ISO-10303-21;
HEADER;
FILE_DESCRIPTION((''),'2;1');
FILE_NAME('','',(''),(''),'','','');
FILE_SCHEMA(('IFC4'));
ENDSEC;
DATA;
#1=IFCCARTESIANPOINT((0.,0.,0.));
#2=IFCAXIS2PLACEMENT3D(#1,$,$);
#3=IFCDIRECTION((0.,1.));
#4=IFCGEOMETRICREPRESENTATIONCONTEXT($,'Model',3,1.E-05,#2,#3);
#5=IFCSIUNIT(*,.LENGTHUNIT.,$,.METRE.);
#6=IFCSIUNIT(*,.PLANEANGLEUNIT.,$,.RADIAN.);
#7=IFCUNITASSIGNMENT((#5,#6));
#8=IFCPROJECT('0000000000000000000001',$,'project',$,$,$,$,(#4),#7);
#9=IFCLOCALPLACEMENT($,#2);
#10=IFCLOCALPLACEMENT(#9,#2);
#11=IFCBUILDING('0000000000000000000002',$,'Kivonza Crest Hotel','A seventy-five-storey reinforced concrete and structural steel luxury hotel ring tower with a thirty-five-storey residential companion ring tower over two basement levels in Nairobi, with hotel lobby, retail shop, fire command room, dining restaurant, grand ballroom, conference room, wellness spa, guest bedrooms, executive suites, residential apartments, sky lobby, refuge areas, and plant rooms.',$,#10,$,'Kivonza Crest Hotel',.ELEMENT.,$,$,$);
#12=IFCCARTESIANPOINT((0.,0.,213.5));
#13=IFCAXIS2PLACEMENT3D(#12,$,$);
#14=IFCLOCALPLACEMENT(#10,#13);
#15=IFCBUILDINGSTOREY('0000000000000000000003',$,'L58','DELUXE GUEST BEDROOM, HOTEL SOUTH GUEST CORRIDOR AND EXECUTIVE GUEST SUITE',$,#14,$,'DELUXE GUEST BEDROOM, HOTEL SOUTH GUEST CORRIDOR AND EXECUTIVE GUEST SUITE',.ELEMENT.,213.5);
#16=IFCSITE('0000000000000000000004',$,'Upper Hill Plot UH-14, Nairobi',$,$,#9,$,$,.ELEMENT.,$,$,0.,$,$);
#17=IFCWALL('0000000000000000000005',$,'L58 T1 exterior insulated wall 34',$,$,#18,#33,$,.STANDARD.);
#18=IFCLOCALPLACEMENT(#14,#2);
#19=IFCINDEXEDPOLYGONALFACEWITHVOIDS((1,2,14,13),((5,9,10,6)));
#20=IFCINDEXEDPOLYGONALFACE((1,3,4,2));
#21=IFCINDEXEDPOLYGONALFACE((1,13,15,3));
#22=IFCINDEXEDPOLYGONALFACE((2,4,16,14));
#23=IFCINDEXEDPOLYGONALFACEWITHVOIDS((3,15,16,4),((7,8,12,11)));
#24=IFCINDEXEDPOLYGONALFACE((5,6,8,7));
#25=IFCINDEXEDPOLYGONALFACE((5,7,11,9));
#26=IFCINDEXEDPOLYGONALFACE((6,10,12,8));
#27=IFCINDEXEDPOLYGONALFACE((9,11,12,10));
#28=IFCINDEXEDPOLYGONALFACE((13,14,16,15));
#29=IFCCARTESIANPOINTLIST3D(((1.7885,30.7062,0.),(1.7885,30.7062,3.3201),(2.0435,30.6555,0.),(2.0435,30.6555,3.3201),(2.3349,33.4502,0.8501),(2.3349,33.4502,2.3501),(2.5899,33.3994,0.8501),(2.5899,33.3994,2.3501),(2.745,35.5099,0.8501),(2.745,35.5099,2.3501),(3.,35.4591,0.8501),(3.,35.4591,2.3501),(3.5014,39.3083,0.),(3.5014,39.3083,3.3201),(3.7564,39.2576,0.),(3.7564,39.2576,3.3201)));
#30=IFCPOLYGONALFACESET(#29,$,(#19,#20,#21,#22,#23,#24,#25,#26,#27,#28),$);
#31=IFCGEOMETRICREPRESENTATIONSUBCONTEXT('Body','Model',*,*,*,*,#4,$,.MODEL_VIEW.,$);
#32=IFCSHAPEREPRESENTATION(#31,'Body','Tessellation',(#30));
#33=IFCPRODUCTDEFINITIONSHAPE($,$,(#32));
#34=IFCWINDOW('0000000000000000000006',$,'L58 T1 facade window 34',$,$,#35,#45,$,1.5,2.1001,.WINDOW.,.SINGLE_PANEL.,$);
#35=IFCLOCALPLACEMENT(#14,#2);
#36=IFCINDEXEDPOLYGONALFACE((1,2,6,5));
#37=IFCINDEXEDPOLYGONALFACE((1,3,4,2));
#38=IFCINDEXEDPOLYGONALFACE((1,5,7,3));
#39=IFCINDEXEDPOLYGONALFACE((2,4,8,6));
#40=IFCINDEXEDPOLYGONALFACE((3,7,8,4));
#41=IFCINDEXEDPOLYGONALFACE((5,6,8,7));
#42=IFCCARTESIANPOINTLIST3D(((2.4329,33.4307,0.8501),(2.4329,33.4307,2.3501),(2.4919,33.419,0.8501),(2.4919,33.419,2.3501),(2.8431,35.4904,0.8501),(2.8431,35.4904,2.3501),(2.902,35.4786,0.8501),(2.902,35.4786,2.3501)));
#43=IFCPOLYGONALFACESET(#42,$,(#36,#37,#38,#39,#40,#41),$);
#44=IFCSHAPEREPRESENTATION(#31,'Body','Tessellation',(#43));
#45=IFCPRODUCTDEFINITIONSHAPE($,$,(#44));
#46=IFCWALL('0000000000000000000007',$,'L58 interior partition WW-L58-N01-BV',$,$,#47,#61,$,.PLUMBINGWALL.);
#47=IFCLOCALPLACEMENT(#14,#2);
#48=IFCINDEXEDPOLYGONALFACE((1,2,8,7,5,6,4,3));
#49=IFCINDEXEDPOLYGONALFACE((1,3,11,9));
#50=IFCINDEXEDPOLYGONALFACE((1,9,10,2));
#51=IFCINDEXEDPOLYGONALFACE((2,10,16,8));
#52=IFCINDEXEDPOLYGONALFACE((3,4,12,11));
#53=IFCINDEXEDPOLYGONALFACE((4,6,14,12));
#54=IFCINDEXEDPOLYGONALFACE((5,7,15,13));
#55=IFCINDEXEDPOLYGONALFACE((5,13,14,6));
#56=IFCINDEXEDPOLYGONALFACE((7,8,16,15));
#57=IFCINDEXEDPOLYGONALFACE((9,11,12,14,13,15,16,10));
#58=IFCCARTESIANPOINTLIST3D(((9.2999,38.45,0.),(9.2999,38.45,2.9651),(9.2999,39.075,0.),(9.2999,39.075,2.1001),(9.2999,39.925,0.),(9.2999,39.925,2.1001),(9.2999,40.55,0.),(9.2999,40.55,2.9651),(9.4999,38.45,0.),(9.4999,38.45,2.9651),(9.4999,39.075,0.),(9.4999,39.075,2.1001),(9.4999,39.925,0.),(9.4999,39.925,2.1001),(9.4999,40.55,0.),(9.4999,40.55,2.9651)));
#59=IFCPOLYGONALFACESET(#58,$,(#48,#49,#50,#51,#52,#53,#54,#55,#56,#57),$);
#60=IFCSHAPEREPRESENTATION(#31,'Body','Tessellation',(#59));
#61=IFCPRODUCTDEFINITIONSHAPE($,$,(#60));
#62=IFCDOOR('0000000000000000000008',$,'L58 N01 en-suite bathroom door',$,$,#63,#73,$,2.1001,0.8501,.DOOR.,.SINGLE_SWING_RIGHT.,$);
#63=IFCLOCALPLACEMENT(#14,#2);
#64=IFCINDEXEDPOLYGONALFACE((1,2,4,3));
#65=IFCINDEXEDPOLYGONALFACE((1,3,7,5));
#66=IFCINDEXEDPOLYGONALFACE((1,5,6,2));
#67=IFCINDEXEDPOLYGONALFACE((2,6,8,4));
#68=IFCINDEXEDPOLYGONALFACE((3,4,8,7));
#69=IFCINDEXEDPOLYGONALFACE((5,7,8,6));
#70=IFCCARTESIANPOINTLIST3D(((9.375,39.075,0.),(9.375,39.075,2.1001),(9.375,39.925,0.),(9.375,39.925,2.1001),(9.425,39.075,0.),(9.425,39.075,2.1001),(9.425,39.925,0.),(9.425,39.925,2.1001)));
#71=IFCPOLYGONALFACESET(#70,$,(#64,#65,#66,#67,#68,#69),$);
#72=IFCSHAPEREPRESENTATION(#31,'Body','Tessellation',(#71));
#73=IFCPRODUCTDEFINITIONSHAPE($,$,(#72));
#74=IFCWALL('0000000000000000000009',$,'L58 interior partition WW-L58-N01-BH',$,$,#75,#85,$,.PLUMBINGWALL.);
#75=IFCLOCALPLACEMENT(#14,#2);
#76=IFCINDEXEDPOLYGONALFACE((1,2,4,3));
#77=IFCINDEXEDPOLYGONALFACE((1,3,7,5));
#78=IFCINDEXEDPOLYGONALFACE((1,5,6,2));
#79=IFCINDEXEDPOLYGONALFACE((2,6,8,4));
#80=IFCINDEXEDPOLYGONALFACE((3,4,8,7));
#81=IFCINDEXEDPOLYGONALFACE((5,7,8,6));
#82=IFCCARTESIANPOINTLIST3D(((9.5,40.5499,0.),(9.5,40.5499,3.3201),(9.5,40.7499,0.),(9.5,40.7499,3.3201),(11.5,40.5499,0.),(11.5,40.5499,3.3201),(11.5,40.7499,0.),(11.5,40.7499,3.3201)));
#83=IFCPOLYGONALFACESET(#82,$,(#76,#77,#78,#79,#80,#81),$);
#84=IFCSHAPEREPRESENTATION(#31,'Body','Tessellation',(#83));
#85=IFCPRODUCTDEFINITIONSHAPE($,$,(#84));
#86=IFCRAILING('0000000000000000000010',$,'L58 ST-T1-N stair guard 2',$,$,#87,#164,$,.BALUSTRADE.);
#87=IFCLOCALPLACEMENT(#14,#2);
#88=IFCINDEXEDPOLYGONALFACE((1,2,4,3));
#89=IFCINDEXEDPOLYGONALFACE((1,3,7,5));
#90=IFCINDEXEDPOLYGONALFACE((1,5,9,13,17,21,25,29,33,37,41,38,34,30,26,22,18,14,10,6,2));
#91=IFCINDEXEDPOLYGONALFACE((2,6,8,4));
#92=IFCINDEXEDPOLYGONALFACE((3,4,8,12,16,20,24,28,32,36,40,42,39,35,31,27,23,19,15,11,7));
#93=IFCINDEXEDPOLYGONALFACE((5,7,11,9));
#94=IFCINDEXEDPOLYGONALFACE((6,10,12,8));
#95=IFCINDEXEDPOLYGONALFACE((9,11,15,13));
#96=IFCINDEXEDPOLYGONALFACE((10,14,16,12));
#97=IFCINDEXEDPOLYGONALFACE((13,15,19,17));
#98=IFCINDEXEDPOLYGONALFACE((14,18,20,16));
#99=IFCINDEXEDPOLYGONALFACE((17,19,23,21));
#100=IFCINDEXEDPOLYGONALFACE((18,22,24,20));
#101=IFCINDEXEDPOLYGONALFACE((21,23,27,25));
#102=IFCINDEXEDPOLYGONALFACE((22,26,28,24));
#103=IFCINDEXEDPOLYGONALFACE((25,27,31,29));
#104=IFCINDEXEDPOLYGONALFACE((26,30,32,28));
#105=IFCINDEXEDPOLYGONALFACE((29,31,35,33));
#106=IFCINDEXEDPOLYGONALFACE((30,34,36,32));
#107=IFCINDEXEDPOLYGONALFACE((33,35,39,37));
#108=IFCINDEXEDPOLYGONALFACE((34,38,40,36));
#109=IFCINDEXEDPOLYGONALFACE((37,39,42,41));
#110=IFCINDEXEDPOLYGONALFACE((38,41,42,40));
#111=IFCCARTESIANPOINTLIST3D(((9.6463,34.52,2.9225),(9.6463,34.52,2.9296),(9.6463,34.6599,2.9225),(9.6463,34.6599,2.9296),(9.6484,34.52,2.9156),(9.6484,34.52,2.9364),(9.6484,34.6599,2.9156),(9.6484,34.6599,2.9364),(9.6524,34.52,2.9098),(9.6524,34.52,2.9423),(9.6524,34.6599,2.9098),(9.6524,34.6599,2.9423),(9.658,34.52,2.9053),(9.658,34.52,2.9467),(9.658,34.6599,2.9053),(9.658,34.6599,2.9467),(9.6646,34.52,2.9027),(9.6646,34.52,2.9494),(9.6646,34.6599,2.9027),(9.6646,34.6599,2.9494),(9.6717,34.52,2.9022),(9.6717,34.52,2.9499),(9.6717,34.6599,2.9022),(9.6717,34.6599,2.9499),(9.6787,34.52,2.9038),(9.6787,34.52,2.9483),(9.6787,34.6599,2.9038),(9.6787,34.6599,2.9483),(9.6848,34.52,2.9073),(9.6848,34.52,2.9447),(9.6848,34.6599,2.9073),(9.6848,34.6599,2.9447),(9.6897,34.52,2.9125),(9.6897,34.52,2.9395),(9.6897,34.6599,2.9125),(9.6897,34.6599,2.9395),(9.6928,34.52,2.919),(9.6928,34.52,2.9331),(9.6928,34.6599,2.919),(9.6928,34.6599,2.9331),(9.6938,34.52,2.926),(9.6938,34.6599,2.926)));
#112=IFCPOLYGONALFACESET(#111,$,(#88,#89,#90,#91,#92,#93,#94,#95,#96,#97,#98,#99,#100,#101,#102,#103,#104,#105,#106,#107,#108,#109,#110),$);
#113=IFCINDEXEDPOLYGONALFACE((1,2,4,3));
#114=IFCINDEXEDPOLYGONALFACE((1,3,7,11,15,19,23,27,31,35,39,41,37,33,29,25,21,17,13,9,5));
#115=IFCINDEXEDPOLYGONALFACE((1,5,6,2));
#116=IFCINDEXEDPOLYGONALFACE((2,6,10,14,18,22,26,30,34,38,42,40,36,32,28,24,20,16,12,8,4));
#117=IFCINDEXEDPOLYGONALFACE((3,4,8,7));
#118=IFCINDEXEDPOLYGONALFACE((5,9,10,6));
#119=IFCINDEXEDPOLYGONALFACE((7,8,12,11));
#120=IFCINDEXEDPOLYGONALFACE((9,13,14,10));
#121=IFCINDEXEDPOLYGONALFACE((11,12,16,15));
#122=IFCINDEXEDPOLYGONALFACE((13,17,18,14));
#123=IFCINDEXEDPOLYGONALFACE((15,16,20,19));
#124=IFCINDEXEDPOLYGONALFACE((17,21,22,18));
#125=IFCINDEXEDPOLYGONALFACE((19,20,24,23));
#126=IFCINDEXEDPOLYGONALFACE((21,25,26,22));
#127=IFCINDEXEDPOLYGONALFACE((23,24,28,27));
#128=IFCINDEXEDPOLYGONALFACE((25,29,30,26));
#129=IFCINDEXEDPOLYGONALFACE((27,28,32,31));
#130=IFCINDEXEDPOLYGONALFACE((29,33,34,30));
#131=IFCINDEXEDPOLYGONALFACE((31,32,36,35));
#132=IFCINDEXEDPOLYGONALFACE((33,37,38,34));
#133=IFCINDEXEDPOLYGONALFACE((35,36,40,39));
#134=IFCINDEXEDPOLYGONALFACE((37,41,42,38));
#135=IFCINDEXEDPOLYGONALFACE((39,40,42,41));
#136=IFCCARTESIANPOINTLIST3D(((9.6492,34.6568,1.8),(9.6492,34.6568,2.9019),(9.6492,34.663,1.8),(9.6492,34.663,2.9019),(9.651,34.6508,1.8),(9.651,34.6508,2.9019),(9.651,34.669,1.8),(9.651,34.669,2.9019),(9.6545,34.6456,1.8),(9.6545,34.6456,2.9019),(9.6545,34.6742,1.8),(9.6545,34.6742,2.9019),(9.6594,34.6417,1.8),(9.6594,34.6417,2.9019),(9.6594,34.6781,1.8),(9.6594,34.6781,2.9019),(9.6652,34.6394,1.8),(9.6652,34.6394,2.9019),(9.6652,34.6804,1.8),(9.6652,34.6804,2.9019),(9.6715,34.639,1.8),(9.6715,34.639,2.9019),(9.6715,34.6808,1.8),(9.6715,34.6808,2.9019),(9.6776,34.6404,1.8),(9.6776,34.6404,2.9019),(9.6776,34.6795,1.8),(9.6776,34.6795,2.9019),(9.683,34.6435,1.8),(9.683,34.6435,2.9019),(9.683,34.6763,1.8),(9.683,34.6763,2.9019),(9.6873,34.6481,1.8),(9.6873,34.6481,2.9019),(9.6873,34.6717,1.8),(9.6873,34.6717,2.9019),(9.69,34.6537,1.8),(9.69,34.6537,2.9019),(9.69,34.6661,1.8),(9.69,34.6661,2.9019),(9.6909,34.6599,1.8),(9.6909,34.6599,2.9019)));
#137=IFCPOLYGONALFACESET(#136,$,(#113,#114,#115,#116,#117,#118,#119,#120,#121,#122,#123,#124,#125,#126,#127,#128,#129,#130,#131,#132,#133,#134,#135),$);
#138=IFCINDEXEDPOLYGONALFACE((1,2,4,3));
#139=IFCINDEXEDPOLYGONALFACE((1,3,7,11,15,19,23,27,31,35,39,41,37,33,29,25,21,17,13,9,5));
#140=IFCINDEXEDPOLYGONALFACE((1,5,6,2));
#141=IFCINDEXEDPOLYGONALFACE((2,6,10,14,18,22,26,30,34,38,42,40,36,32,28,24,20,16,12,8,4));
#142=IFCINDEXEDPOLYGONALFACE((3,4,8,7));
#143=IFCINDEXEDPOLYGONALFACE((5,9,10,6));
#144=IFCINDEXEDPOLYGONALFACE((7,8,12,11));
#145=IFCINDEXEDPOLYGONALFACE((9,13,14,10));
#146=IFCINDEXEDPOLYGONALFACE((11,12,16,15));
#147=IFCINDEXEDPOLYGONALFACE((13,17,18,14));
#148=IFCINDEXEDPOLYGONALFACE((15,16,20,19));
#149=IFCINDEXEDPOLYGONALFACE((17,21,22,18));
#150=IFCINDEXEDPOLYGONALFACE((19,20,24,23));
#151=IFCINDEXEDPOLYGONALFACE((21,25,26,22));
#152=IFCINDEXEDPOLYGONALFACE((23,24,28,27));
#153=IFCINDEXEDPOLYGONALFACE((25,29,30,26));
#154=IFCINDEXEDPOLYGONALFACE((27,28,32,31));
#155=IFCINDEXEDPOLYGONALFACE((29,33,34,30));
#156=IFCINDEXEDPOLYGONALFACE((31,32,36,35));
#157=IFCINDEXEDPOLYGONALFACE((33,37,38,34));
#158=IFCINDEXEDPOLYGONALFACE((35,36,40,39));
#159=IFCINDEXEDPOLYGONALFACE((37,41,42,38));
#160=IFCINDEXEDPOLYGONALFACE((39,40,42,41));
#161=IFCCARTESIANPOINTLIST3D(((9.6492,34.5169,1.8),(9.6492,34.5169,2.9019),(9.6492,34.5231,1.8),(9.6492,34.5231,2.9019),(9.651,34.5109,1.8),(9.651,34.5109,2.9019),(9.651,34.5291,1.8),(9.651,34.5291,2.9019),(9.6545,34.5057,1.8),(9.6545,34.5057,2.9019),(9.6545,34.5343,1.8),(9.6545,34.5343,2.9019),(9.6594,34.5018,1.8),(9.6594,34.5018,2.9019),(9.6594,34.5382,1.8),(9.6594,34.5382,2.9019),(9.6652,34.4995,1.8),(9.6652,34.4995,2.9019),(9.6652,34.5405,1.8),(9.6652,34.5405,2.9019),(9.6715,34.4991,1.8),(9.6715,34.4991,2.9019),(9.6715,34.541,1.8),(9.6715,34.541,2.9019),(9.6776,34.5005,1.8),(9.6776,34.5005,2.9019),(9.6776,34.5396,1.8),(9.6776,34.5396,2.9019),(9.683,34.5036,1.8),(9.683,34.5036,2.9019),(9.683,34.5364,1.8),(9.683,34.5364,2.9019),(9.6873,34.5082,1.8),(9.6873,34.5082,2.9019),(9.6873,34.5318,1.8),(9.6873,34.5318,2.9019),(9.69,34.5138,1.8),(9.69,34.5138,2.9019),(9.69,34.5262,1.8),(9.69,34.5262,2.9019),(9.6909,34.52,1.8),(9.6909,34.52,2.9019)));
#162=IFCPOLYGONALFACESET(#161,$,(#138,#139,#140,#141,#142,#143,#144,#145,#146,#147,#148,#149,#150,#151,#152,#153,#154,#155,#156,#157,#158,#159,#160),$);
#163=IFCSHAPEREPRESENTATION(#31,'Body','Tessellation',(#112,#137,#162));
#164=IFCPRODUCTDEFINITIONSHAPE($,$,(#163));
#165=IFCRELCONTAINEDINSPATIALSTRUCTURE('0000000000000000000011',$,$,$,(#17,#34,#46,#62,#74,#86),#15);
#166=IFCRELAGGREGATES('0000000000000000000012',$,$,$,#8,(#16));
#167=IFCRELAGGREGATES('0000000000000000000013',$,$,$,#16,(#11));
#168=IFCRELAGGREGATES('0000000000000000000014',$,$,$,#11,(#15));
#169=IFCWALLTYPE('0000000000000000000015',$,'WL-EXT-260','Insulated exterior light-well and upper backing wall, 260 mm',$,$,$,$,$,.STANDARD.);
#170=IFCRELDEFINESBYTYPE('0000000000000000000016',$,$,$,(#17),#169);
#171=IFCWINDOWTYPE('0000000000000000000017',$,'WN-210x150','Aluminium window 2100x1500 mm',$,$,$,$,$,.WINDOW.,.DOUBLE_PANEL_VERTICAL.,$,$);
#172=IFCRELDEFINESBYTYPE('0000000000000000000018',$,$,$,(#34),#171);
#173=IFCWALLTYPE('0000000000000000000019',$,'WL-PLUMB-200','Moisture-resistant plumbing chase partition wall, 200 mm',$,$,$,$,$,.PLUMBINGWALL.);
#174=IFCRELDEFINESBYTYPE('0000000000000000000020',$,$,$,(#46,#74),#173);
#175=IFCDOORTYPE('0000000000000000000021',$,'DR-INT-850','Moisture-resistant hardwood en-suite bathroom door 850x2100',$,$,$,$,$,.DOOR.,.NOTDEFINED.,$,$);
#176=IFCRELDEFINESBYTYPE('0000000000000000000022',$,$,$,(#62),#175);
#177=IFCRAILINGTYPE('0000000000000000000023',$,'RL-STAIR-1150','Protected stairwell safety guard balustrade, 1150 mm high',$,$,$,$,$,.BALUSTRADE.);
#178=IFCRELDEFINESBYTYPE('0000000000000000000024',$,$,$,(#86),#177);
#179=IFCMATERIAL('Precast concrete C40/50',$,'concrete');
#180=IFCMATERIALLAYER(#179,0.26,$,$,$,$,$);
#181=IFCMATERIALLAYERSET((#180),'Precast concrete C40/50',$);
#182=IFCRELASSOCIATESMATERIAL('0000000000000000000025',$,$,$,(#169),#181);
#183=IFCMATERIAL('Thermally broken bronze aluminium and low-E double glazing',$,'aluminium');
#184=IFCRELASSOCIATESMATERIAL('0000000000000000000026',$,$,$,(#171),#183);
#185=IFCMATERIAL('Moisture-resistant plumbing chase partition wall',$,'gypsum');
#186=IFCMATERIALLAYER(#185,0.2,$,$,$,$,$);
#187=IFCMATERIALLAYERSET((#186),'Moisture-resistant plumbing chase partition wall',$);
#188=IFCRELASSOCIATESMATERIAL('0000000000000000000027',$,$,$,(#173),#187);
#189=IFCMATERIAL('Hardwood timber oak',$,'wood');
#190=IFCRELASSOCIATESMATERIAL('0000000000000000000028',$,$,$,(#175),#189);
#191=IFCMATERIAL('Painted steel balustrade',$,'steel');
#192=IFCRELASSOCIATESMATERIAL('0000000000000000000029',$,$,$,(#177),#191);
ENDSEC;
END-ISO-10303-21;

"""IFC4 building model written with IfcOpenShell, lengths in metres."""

from ifc_helpers import new_model, si_unit, direction, frame, frame_2d, origin, origin_2d, place, context, subcontext, project, spatial, rectangle, circle, extrude, material, layer, layer_set, type_object, element, fill, save


model = new_model("IFC4")

# Units and contexts
model_context = context("Model", 3, precision=1e-05, world=origin(), true_north=direction((0.0, 1.0)))
body_context = subcontext(model_context, "Body", "Model", "MODEL_VIEW")
ifc_project = project(units=[si_unit("LENGTHUNIT", "METRE"), si_unit("PLANEANGLEUNIT", "RADIAN")], contexts=[model_context])

# Site, building, storey
site_placement = place(None, origin())
site = spatial("IfcSite", under=ifc_project, at=site_placement, Name="Upper Hill Plot UH-14, Nairobi", CompositionType="ELEMENT", RefElevation=0.0)
building_placement = place(site_placement, origin())
building = spatial("IfcBuilding", under=site, at=building_placement, Name="Kivonza Crest Hotel", Description="A seventy-five-storey reinforced concrete and structural steel luxury hotel ring tower with a thirty-five-storey residential companion ring tower over two basement levels in Nairobi, with hotel lobby, retail shop, fire command room, dining restaurant, grand ballroom, conference room, wellness spa, guest bedrooms, executive suites, residential apartments, sky lobby, refuge areas, and plant rooms.", LongName="Kivonza Crest Hotel", CompositionType="ELEMENT")
storey_placement = place(building_placement, frame((0.0, 0.0, 213.5)))
storey = spatial("IfcBuildingStorey", under=building, at=storey_placement, Name="L58", Description="DELUXE GUEST BEDROOM, HOTEL SOUTH GUEST CORRIDOR AND EXECUTIVE GUEST SUITE", LongName="DELUXE GUEST BEDROOM, HOTEL SOUTH GUEST CORRIDOR AND EXECUTIVE GUEST SUITE", CompositionType="ELEMENT", Elevation=213.5)

# Shared definitions
ifc_material_1 = material(Name="Hardwood timber oak", Category="wood")

# Shared definitions
ifc_material_2 = material(Name="Precast concrete C40/50", Category="concrete")
ifc_layer_1 = layer(ifc_material_2, 0.26)
ifc_layer_set_1 = layer_set([ifc_layer_1], Name="Precast concrete C40/50")
wall_type_1 = type_object("IfcWallType", Name="WL-EXT-260", Description="Insulated exterior light-well and upper backing wall, 260 mm", PredefinedType="STANDARD", material=ifc_layer_set_1)

# Wall, opening, window
wall_1_placement = place(storey_placement, frame((3.6289, 39.283, 0.0), z_axis=(0.0, 0.0, 1.0), x_axis=(-0.195292, -0.980745, 0.0)))
wall_1 = element("IfcWall", 1, at=wall_1_placement, inside=storey, type_object=wall_type_1, Name="L58 T1 exterior insulated wall 34", PredefinedType="STANDARD", context=body_context, shape_type="SweptSolid", body=[
    extrude(rectangle(XDim=8.771, YDim=0.26, at=frame_2d((4.3855, 0.0))), origin(), (0.0, 0.0, 1.0), 3.3201),
])
opening_1_placement = place(wall_1_placement, frame((3.873, 0.0, 0.8501)))
opening_1 = element("IfcOpeningElement", 2, at=opening_1_placement, cuts=wall_1, PredefinedType="OPENING", context=body_context, shape_type="SweptSolid", body=[
    extrude(rectangle(XDim=2.1001, YDim=1.5, at=frame_2d((1.05, 0.75))), frame((0.0, 0.1401, 0.0), z_axis=(0.0, -1.0, 0.0), x_axis=(1.0, 0.0, 0.0)), (0.0, 0.0, 1.0), 0.28),
])
ifc_material_3 = material(Name="Thermally broken bronze aluminium and low-E double glazing", Category="aluminium")
window_type = type_object("IfcWindowType", Name="WN-210x150", Description="Aluminium window 2100x1500 mm", PartitioningType="DOUBLE_PANEL_VERTICAL", PredefinedType="WINDOW", material=ifc_material_3)
window_placement = place(opening_1_placement, origin())
window = element("IfcWindow", 3, at=window_placement, inside=storey, type_object=window_type, Name="L58 T1 facade window 34", OverallHeight=1.5, OverallWidth=2.1001, PartitioningType="SINGLE_PANEL", PredefinedType="WINDOW", context=body_context, shape_type="SweptSolid", body=[
    extrude(rectangle(XDim=2.1001, YDim=1.5, at=frame_2d((1.05, 0.75))), frame((0.0, 0.03, 0.0), z_axis=(0.0, -1.0, 0.0), x_axis=(1.0, 0.0, 0.0)), (0.0, 0.0, 1.0), 0.0601),
])
fill(opening_1, window)

# Wall, opening, door
ifc_material_4 = material(Name="Moisture-resistant plumbing chase partition wall", Category="gypsum")
ifc_layer_2 = layer(ifc_material_4, 0.2)
ifc_layer_set_2 = layer_set([ifc_layer_2], Name="Moisture-resistant plumbing chase partition wall")
wall_type_2 = type_object("IfcWallType", Name="WL-PLUMB-200", Description="Moisture-resistant plumbing chase partition wall, 200 mm", PredefinedType="PLUMBINGWALL", material=ifc_layer_set_2)
wall_2_placement = place(storey_placement, frame((9.3999, 38.45, 0.0), z_axis=(0.0, 0.0, 1.0), x_axis=(0.0, 1.0, 0.0)))
wall_2 = element("IfcWall", 4, at=wall_2_placement, inside=storey, type_object=wall_type_2, Name="L58 interior partition WW-L58-N01-BV", PredefinedType="PLUMBINGWALL", context=body_context, shape_type="SweptSolid", body=[
    extrude(rectangle(XDim=2.1001, YDim=0.2, at=frame_2d((1.05, 0.0))), origin(), (0.0, 0.0, 1.0), 2.9651),
])
opening_2_placement = place(wall_2_placement, frame((0.625, 0.0, 0.0)))
opening_2 = element("IfcOpeningElement", 5, at=opening_2_placement, cuts=wall_2, PredefinedType="OPENING", context=body_context, shape_type="SweptSolid", body=[
    extrude(rectangle(XDim=0.8501, YDim=2.1001, at=frame_2d((0.425, 1.05))), frame((0.0, 0.1099, 0.0), z_axis=(0.0, -1.0, 0.0), x_axis=(1.0, 0.0, 0.0)), (0.0, 0.0, 1.0), 0.22),
])
door_type_1 = type_object("IfcDoorType", Name="DR-INT-850", Description="Moisture-resistant hardwood en-suite bathroom door 850x2100", OperationType="NOTDEFINED", PredefinedType="DOOR", material=ifc_material_1)
door_1_placement = place(opening_2_placement, origin())
door_1 = element("IfcDoor", 6, at=door_1_placement, inside=storey, type_object=door_type_1, Name="L58 N01 en-suite bathroom door", OperationType="SINGLE_SWING_RIGHT", OverallHeight=2.1001, OverallWidth=0.8501, PredefinedType="DOOR", context=body_context, shape_type="SweptSolid", body=[
    extrude(rectangle(XDim=0.8501, YDim=2.1001, at=frame_2d((0.425, 1.05))), frame((0.0, 0.0249, 0.0), z_axis=(0.0, -1.0, 0.0), x_axis=(1.0, 0.0, 0.0)), (0.0, 0.0, 1.0), 0.05),
])
fill(opening_2, door_1)

# Wall
wall_3_placement = place(storey_placement, frame((9.5, 40.6499, 0.0), z_axis=(0.0, 0.0, 1.0), x_axis=(1.0, 0.0, 0.0)))
element("IfcWall", 7, at=wall_3_placement, inside=storey, type_object=wall_type_2, Name="L58 interior partition WW-L58-N01-BH", PredefinedType="PLUMBINGWALL", context=body_context, shape_type="SweptSolid", body=[
    extrude(rectangle(XDim=2.0, YDim=0.2, at=frame_2d((1.0, 0.0))), origin(), (0.0, 0.0, 1.0), 3.3201),
])

# Railing
ifc_material_5 = material(Name="Painted steel balustrade", Category="steel")
railing_type = type_object("IfcRailingType", Name="RL-STAIR-1150", Description="Protected stairwell safety guard balustrade, 1150 mm high", PredefinedType="BALUSTRADE", material=ifc_material_5)
railing_placement = place(storey_placement, frame((9.6699, 34.6599, 1.8)))
element("IfcRailing", 8, at=railing_placement, inside=storey, type_object=railing_type, Name="L58 ST-T1-N stair guard 2", PredefinedType="BALUSTRADE", context=body_context, shape_type="SweptSolid", body=[
    extrude(circle(Radius=0.0239, at=origin_2d()), frame((0.0, 0.0, 1.126), z_axis=(0.0, -1.0, 0.0), x_axis=(1.0, 0.0, 0.0)), (0.0, 0.0, 1.0), 0.1399),
    extrude(circle(Radius=0.021, at=origin_2d()), origin(), (0.0, 0.0, 1.0), 1.1018),
    extrude(circle(Radius=0.021, at=origin_2d()), frame((0.0, -0.1399, 0.0)), (0.0, 0.0, 1.0), 1.1018),
])

save(model, "model.ifc")
